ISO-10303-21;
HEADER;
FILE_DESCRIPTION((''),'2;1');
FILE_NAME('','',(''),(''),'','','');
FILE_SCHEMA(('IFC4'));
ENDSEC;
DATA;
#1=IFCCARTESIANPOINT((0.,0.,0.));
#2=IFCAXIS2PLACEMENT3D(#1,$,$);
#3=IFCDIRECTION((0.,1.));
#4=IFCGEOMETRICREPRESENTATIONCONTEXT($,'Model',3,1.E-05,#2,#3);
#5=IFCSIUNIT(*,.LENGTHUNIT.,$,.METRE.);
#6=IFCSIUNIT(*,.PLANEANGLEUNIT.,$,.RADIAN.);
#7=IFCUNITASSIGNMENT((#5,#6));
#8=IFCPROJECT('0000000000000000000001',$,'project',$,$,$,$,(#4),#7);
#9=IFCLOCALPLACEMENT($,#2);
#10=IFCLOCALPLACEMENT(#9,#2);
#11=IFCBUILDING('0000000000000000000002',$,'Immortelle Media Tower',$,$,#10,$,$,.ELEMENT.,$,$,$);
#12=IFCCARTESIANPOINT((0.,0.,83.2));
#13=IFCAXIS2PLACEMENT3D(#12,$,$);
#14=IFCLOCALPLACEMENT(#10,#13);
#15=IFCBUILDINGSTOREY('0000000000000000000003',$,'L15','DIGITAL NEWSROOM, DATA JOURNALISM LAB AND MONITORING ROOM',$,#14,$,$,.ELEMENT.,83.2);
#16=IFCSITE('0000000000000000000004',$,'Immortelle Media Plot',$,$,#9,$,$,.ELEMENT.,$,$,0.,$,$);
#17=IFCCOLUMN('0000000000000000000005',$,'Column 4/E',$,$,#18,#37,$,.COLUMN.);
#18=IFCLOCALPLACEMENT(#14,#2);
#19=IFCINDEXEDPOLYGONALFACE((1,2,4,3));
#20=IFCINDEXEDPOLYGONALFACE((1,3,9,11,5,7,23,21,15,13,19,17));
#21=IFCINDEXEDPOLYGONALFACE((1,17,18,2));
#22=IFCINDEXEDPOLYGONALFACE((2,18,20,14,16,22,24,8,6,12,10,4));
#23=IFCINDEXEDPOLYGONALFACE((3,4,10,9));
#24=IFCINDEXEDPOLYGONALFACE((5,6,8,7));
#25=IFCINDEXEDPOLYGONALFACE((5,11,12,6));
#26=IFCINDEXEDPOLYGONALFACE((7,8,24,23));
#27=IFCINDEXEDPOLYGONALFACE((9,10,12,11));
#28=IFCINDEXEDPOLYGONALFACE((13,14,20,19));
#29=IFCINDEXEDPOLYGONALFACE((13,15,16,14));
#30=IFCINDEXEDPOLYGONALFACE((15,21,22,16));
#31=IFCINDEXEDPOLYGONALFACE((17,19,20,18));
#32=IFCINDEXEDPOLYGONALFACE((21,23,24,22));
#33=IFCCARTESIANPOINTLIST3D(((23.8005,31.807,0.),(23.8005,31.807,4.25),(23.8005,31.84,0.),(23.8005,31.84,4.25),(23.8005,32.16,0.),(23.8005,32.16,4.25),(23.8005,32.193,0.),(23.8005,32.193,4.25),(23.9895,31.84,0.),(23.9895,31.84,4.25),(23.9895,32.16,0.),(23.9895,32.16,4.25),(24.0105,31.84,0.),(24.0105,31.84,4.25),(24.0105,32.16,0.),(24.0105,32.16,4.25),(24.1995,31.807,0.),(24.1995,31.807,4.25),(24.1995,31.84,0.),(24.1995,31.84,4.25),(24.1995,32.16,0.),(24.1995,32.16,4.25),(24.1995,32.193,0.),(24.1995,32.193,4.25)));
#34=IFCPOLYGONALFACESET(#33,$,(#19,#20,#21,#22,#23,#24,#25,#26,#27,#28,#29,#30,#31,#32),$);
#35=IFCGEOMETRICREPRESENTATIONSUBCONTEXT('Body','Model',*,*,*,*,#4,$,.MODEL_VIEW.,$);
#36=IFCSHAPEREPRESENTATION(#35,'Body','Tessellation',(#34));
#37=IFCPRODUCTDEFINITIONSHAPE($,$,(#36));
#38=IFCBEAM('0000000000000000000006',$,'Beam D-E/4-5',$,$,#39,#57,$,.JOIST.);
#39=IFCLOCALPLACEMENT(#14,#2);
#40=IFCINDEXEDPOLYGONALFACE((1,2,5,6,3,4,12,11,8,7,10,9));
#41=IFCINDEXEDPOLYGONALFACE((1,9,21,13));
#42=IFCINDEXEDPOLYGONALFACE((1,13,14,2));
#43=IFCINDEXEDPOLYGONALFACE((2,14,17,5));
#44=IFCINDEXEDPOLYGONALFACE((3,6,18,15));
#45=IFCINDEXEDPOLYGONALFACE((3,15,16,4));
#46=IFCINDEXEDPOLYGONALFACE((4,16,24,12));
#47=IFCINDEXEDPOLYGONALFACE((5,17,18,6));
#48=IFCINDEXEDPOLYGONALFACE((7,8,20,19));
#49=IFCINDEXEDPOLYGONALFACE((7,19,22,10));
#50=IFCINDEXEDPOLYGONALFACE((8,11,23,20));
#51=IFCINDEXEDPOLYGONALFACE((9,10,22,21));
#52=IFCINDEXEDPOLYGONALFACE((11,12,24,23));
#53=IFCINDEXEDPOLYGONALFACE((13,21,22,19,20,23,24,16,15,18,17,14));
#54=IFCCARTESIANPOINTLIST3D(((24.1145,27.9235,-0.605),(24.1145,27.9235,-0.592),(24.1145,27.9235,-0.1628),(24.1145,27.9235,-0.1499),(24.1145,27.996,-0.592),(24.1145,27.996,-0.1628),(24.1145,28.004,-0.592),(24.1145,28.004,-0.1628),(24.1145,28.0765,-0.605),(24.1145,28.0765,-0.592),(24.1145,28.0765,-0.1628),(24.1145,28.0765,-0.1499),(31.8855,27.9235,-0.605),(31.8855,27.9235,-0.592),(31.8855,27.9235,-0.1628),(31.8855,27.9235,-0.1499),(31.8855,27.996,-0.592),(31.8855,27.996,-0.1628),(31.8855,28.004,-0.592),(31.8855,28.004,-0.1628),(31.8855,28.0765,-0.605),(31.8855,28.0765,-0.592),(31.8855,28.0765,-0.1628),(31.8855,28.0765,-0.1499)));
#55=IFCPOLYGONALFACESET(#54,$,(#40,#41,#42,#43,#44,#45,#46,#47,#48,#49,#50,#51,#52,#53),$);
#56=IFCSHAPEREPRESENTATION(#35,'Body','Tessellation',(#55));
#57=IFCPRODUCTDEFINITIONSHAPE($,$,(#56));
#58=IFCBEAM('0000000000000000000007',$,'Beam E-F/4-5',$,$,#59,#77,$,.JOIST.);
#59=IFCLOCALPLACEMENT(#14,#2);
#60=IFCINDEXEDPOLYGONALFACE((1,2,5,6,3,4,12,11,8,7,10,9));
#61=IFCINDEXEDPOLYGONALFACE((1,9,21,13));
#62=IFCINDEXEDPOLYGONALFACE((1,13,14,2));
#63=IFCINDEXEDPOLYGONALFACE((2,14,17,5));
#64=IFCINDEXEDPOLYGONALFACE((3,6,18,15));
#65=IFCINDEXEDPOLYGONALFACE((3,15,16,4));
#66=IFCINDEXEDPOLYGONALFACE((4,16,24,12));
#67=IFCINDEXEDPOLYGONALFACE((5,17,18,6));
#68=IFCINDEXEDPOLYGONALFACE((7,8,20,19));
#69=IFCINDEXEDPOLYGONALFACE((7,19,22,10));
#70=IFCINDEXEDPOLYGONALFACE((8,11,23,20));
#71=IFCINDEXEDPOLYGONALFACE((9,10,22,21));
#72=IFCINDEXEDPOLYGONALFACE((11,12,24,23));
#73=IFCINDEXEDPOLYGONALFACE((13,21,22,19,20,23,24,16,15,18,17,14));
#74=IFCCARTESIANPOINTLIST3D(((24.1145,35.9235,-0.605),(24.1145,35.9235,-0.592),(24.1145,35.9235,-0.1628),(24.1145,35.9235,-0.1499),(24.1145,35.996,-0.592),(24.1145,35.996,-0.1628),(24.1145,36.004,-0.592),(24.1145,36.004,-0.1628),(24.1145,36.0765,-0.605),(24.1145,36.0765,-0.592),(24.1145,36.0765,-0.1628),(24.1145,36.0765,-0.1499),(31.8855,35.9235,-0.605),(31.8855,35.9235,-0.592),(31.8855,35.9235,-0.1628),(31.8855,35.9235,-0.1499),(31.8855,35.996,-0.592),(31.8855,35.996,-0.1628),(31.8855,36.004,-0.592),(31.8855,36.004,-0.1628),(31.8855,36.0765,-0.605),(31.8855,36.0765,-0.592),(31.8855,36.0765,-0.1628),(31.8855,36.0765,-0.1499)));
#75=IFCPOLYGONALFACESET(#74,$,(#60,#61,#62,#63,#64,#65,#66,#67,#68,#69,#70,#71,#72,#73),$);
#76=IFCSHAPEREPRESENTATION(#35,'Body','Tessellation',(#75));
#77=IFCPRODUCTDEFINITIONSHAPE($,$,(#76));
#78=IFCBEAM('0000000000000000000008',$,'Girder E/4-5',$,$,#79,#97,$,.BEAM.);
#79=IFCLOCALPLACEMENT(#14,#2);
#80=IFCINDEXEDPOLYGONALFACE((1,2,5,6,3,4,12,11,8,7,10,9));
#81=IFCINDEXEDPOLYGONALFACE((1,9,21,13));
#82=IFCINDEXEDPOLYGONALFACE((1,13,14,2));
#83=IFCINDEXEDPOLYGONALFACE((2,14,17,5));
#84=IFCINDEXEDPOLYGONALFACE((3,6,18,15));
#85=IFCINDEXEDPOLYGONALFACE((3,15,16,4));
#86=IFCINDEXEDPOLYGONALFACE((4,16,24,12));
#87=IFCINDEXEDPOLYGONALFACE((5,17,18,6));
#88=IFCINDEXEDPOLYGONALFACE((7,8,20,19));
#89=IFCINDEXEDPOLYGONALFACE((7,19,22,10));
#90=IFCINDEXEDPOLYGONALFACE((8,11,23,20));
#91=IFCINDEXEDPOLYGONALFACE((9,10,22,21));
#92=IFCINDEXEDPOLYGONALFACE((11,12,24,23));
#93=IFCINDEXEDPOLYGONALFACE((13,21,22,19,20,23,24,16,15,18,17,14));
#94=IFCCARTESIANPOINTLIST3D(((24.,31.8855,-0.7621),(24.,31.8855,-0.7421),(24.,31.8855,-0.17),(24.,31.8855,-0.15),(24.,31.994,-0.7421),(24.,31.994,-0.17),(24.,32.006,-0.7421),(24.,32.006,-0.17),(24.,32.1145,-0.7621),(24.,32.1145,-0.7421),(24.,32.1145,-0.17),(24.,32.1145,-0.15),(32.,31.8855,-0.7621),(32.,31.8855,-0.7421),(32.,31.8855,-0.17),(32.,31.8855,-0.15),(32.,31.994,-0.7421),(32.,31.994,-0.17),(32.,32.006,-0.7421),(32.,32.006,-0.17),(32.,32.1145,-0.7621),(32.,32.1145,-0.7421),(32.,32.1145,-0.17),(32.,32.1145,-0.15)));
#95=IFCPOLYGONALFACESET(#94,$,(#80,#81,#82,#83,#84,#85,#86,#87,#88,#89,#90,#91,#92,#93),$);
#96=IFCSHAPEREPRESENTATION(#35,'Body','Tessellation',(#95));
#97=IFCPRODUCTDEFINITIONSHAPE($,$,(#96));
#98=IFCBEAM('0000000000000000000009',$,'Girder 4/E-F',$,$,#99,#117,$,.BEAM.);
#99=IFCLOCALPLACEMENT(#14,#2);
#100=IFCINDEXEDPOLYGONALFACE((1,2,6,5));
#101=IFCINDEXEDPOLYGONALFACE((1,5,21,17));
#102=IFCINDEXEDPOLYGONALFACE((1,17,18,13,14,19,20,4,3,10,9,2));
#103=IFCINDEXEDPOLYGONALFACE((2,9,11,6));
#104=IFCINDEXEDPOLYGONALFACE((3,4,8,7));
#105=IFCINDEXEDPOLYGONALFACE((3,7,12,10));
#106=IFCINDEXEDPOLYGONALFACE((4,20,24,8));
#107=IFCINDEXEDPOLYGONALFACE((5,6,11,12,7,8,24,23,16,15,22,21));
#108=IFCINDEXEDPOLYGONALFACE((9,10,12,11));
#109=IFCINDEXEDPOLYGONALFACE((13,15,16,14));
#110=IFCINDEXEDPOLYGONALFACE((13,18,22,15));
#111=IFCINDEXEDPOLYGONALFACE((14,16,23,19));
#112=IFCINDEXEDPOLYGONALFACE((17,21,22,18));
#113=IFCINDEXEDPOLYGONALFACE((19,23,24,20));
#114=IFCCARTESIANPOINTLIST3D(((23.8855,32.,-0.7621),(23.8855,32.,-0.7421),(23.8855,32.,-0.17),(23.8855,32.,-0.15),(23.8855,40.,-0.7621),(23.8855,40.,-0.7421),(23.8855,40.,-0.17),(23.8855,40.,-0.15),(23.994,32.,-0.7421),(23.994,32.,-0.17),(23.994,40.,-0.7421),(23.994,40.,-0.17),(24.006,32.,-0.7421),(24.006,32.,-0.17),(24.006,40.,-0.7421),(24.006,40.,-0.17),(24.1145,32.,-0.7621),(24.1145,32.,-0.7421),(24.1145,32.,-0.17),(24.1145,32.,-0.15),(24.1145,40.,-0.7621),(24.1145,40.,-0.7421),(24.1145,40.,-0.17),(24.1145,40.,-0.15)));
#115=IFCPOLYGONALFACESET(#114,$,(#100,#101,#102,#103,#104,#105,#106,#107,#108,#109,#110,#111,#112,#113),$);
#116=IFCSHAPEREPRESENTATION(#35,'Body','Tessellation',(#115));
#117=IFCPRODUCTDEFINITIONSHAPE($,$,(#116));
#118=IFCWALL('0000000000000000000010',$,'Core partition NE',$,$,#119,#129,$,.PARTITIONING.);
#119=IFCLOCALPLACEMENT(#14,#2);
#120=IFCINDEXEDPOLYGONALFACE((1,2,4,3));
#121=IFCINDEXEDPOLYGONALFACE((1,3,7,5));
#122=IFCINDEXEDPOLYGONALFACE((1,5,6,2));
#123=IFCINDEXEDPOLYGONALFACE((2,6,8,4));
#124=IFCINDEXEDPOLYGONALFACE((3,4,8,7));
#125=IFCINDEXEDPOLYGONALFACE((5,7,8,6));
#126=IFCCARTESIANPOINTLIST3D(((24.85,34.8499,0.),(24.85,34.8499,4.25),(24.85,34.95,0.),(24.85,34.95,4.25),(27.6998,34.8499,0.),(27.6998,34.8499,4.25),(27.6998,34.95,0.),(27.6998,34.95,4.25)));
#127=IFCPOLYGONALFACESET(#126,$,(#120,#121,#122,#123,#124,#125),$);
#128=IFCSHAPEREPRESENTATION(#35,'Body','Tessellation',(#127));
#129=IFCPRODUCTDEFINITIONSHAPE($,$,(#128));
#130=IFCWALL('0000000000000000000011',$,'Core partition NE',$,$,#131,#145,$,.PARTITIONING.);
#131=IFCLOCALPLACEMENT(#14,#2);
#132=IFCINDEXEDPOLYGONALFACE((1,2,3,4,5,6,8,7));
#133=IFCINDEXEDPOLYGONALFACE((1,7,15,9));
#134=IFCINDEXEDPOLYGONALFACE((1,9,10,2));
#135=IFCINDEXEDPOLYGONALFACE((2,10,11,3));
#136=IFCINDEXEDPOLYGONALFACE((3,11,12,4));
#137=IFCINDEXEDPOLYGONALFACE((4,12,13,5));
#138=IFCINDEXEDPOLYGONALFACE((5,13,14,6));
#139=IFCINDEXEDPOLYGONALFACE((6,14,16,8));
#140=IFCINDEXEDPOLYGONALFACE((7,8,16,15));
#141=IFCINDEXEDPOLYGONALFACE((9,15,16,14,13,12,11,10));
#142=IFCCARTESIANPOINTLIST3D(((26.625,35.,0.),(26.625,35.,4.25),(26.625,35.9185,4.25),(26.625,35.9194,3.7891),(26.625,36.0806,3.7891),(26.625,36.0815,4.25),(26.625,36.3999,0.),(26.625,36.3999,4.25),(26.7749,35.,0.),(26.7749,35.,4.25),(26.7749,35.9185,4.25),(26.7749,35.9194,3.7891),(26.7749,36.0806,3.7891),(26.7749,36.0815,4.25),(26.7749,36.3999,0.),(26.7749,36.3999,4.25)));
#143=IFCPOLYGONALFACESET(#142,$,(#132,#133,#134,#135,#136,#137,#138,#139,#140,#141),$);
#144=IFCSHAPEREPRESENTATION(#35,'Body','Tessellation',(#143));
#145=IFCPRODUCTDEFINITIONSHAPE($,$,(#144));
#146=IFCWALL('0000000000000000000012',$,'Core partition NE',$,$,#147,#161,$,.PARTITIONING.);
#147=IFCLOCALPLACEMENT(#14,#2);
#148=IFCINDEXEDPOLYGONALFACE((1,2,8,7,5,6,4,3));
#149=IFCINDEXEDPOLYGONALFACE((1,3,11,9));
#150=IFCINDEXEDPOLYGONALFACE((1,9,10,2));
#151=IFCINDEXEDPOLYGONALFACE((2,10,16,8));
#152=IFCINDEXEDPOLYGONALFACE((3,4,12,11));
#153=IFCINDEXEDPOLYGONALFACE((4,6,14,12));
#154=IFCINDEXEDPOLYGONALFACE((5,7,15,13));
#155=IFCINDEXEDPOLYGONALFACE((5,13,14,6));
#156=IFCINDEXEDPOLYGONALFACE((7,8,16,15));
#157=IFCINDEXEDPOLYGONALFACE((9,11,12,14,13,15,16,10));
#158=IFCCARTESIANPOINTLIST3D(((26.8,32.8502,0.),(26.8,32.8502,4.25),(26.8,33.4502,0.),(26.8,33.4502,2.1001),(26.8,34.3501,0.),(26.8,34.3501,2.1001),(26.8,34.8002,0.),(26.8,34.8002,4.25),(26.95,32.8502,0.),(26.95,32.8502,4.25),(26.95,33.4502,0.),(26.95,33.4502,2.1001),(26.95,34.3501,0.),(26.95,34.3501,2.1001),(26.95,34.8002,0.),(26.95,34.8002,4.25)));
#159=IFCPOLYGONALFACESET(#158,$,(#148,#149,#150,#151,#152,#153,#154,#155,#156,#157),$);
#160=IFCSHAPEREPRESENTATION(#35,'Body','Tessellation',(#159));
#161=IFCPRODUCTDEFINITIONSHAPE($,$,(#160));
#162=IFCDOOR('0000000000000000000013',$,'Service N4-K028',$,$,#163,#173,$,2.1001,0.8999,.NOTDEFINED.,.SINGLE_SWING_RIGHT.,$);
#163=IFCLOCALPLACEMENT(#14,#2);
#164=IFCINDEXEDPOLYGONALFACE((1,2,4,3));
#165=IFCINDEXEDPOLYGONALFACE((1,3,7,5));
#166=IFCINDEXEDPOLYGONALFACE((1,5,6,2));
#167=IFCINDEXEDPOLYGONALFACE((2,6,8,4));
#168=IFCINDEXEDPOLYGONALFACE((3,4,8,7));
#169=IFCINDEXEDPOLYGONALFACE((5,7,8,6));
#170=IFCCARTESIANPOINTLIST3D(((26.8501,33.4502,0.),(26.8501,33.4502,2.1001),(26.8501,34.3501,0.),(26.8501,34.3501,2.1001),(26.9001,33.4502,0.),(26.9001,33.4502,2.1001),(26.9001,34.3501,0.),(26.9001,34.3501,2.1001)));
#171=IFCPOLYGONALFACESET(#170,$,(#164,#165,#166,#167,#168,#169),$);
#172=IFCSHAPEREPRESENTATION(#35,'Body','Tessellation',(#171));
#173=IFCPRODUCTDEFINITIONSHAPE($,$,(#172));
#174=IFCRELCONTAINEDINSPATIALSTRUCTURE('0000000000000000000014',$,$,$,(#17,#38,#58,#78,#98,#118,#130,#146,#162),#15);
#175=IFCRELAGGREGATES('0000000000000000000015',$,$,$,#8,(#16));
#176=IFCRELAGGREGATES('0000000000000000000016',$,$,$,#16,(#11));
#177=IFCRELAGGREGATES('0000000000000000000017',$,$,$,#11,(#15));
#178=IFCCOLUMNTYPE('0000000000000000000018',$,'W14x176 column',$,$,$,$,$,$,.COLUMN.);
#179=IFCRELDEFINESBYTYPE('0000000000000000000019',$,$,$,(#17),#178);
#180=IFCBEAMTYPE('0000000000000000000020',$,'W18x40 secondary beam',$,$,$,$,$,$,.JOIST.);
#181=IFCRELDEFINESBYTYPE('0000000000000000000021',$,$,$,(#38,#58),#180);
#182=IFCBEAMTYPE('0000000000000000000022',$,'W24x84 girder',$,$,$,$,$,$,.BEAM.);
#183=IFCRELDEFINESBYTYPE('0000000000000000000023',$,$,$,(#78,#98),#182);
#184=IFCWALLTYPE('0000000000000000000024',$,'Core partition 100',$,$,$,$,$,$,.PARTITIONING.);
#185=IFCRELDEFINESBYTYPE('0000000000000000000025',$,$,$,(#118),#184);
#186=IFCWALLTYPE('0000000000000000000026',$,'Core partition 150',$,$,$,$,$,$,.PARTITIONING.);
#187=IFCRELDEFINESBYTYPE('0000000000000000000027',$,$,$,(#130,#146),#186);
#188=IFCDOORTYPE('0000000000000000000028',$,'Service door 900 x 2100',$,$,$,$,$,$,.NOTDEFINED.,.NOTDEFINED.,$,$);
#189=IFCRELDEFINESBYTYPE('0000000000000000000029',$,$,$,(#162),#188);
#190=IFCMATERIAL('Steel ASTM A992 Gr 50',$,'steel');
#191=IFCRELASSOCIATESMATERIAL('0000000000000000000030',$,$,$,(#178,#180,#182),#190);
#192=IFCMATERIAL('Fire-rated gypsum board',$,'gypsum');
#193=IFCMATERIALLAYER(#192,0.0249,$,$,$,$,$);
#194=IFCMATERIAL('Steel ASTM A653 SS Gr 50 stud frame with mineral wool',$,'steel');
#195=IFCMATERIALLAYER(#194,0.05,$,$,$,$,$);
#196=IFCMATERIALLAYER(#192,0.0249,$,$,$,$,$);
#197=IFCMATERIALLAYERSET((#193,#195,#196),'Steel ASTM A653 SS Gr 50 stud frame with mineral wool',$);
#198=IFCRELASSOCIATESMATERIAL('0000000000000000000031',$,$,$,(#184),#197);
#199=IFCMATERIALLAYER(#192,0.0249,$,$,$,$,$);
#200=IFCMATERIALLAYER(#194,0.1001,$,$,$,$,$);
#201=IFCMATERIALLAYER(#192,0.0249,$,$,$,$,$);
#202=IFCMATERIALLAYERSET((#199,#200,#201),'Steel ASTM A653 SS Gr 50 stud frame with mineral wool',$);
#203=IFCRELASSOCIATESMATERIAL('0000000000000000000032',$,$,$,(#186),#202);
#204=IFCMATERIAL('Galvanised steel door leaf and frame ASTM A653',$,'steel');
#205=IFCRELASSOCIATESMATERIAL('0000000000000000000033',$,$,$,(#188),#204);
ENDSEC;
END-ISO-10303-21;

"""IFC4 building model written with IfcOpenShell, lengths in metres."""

from ifc_helpers import new_model, si_unit, direction, frame, frame_2d, origin, origin_2d, place, context, subcontext, project, spatial, polyline, rectangle, i_section, outline, extrude, material, layer, layer_set, material_profile, profile_set, type_object, element, fill, save


model = new_model("IFC4")

# Units and contexts
model_context = context("Model", 3, precision=1e-05, world=origin(), true_north=direction((0.0, 1.0)))
body_context = subcontext(model_context, "Body", "Model", "MODEL_VIEW")
ifc_project = project(units=[si_unit("LENGTHUNIT", "METRE"), si_unit("PLANEANGLEUNIT", "RADIAN")], contexts=[model_context])

# Site, building, storey
site_placement = place(None, origin())
site = spatial("IfcSite", under=ifc_project, at=site_placement, Name="Immortelle Media Plot", CompositionType="ELEMENT", RefElevation=0.0)
building_placement = place(site_placement, origin())
building = spatial("IfcBuilding", under=site, at=building_placement, Name="Immortelle Media Tower", CompositionType="ELEMENT")
storey_placement = place(building_placement, frame((0.0, 0.0, 83.2)))
storey = spatial("IfcBuildingStorey", under=building, at=storey_placement, Name="L15", Description="DIGITAL NEWSROOM, DATA JOURNALISM LAB AND MONITORING ROOM", CompositionType="ELEMENT", Elevation=83.2)

# Column
ifc_material_1 = material(Name="Steel ASTM A992 Gr 50", Category="steel")
ifc_material_profile_1 = material_profile(ifc_material_1, i_section(OverallWidth=0.3989, OverallDepth=0.386, WebThickness=0.021, FlangeThickness=0.033, at=origin_2d()), Name="W14x176")
ifc_profile_set_1 = profile_set([ifc_material_profile_1], Name="Steel ASTM A992 Gr 50")
column_type = type_object("IfcColumnType", Name="W14x176 column", PredefinedType="COLUMN", material=ifc_profile_set_1)
column_placement = place(storey_placement, frame((24.0, 32.0, 0.0), z_axis=(0.0, 0.0, 1.0), x_axis=(1.0, 0.0, 0.0)))
element("IfcColumn", 1, at=column_placement, inside=storey, type_object=column_type, Name="Column 4/E", PredefinedType="COLUMN", context=body_context, shape_type="SweptSolid", body=[
    extrude(i_section(OverallWidth=0.3989, OverallDepth=0.386, WebThickness=0.021, FlangeThickness=0.033, at=origin_2d()), origin(), (0.0, 0.0, 1.0), 4.25),
])

# Beams
ifc_material_profile_2 = material_profile(ifc_material_1, i_section(OverallWidth=0.1531, OverallDepth=0.4551, WebThickness=0.0081, FlangeThickness=0.0129, at=origin_2d()), Name="W18x40")
ifc_profile_set_2 = profile_set([ifc_material_profile_2], Name="Steel ASTM A992 Gr 50")
beam_type_1 = type_object("IfcBeamType", Name="W18x40 secondary beam", PredefinedType="JOIST", material=ifc_profile_set_2)
for number, where, z_axis, x_axis, name in (
    (2, (24.1145, 28.0, -0.3774), (1.0, 0.0, 0.0), (0.0, 1.0, 0.0), "Beam D-E/4-5"),
    (3, (24.1145, 36.0, -0.3774), (1.0, 0.0, 0.0), (0.0, 1.0, 0.0), "Beam E-F/4-5"),
):
    element("IfcBeam", number, at=place(storey_placement, frame(where, z_axis=z_axis, x_axis=x_axis)), inside=storey, type_object=beam_type_1, Name=name, PredefinedType="JOIST", context=body_context, shape_type="SweptSolid", body=[
        extrude(i_section(OverallWidth=0.1531, OverallDepth=0.4551, WebThickness=0.0081, FlangeThickness=0.0129, at=origin_2d()), origin(), (0.0, 0.0, 1.0), 7.771),
    ])
ifc_material_profile_3 = material_profile(ifc_material_1, i_section(OverallWidth=0.229, OverallDepth=0.6121, WebThickness=0.012, FlangeThickness=0.02, at=origin_2d()), Name="W24x84")
ifc_profile_set_3 = profile_set([ifc_material_profile_3], Name="Steel ASTM A992 Gr 50")
beam_type_2 = type_object("IfcBeamType", Name="W24x84 girder", PredefinedType="BEAM", material=ifc_profile_set_3)
for number, where, z_axis, x_axis, name in (
    (4, (24.0, 32.0, -0.4561), (1.0, 0.0, 0.0), (0.0, 1.0, 0.0), "Girder E/4-5"),
    (5, (24.0, 32.0, -0.4561), (0.0, 1.0, 0.0), (-1.0, 0.0, 0.0), "Girder 4/E-F"),
):
    element("IfcBeam", number, at=place(storey_placement, frame(where, z_axis=z_axis, x_axis=x_axis)), inside=storey, type_object=beam_type_2, Name=name, PredefinedType="BEAM", context=body_context, shape_type="SweptSolid", body=[
        extrude(i_section(OverallWidth=0.229, OverallDepth=0.6121, WebThickness=0.012, FlangeThickness=0.02, at=origin_2d()), origin(), (0.0, 0.0, 1.0), 8.0),
    ])

# Walls
ifc_material_2 = material(Name="Fire-rated gypsum board", Category="gypsum")
ifc_layer_1 = layer(ifc_material_2, 0.0249)
ifc_material_3 = material(Name="Steel ASTM A653 SS Gr 50 stud frame with mineral wool", Category="steel")
ifc_layer_2 = layer(ifc_material_3, 0.05)
ifc_layer_3 = layer(ifc_material_2, 0.0249)
ifc_layer_set_1 = layer_set([ifc_layer_1, ifc_layer_2, ifc_layer_3], Name="Steel ASTM A653 SS Gr 50 stud frame with mineral wool")
wall_type_1 = type_object("IfcWallType", Name="Core partition 100", PredefinedType="PARTITIONING", material=ifc_layer_set_1)
wall_1_placement = place(storey_placement, frame((24.8501, 34.8999, 0.0), z_axis=(0.0, 0.0, 1.0), x_axis=(1.0, 0.0, 0.0)))
element("IfcWall", 6, at=wall_1_placement, inside=storey, type_object=wall_type_1, Name="Core partition NE", PredefinedType="PARTITIONING", context=body_context, shape_type="SweptSolid", body=[
    extrude(rectangle(XDim=2.8499, YDim=0.1001, at=frame_2d((1.4248, 0.0))), origin(), (0.0, 0.0, 1.0), 4.25),
])
ifc_layer_4 = layer(ifc_material_2, 0.0249)
ifc_layer_5 = layer(ifc_material_3, 0.1001)
ifc_layer_6 = layer(ifc_material_2, 0.0249)
ifc_layer_set_2 = layer_set([ifc_layer_4, ifc_layer_5, ifc_layer_6], Name="Steel ASTM A653 SS Gr 50 stud frame with mineral wool")
wall_type_2 = type_object("IfcWallType", Name="Core partition 150", PredefinedType="PARTITIONING", material=ifc_layer_set_2)
wall_2_placement = place(storey_placement, frame((26.7, 35.0, 0.0), z_axis=(0.0, 0.0, 1.0), x_axis=(0.0, 1.0, 0.0)))
element("IfcWall", 7, at=wall_2_placement, inside=storey, type_object=wall_type_2, Name="Core partition NE", PredefinedType="PARTITIONING", context=body_context, shape_type="SweptSolid", body=[
    extrude(outline(polyline([(0.0, 0.0), (1.3999, 0.0), (1.3999, 4.25), (1.0815, 4.25), (1.0806, 3.7891), (0.9194, 3.7891), (0.9185, 4.25), (0.0, 4.25), (0.0, 0.0)])), frame((0.0, 0.075, 0.0), z_axis=(0.0, -1.0, 0.0), x_axis=(1.0, 0.0, 0.0)), (0.0, 0.0, 1.0), 0.1499),
])

# Wall, opening, door
wall_3_placement = place(storey_placement, frame((26.875, 32.8501, 0.0), z_axis=(0.0, 0.0, 1.0), x_axis=(0.0, 1.0, 0.0)))
wall_3 = element("IfcWall", 8, at=wall_3_placement, inside=storey, type_object=wall_type_2, Name="Core partition NE", PredefinedType="PARTITIONING", context=body_context, shape_type="SweptSolid", body=[
    extrude(rectangle(XDim=1.95, YDim=0.1499, at=frame_2d((0.9751, 0.0))), origin(), (0.0, 0.0, 1.0), 4.25),
])
opening_1_placement = place(wall_3_placement, frame((0.6001, 0.0, 0.0)))
opening_1 = element("IfcOpeningElement", 9, at=opening_1_placement, cuts=wall_3, PredefinedType="OPENING", context=body_context, shape_type="SweptSolid", body=[
    extrude(rectangle(XDim=0.8999, YDim=2.1001, at=frame_2d((0.45, 1.05))), frame((0.0, 0.085, 0.0), z_axis=(0.0, -1.0, 0.0), x_axis=(1.0, 0.0, 0.0)), (0.0, 0.0, 1.0), 0.1699),
])
ifc_material_4 = material(Name="Galvanised steel door leaf and frame ASTM A653", Category="steel")
door_type_1 = type_object("IfcDoorType", Name="Service door 900 x 2100", OperationType="NOTDEFINED", PredefinedType="NOTDEFINED", material=ifc_material_4)
door_1_placement = place(opening_1_placement, origin())
door_1 = element("IfcDoor", 10, at=door_1_placement, inside=storey, type_object=door_type_1, Name="Service N4-K028", OperationType="SINGLE_SWING_RIGHT", OverallHeight=2.1001, OverallWidth=0.8999, PredefinedType="NOTDEFINED", context=body_context, shape_type="SweptSolid", body=[
    extrude(rectangle(XDim=0.8999, YDim=2.1001, at=frame_2d((0.45, 1.05))), frame((0.0, 0.0249, 0.0), z_axis=(0.0, -1.0, 0.0), x_axis=(1.0, 0.0, 0.0)), (0.0, 0.0, 1.0), 0.05),
])
fill(opening_1, door_1)

save(model, "model.ifc")
